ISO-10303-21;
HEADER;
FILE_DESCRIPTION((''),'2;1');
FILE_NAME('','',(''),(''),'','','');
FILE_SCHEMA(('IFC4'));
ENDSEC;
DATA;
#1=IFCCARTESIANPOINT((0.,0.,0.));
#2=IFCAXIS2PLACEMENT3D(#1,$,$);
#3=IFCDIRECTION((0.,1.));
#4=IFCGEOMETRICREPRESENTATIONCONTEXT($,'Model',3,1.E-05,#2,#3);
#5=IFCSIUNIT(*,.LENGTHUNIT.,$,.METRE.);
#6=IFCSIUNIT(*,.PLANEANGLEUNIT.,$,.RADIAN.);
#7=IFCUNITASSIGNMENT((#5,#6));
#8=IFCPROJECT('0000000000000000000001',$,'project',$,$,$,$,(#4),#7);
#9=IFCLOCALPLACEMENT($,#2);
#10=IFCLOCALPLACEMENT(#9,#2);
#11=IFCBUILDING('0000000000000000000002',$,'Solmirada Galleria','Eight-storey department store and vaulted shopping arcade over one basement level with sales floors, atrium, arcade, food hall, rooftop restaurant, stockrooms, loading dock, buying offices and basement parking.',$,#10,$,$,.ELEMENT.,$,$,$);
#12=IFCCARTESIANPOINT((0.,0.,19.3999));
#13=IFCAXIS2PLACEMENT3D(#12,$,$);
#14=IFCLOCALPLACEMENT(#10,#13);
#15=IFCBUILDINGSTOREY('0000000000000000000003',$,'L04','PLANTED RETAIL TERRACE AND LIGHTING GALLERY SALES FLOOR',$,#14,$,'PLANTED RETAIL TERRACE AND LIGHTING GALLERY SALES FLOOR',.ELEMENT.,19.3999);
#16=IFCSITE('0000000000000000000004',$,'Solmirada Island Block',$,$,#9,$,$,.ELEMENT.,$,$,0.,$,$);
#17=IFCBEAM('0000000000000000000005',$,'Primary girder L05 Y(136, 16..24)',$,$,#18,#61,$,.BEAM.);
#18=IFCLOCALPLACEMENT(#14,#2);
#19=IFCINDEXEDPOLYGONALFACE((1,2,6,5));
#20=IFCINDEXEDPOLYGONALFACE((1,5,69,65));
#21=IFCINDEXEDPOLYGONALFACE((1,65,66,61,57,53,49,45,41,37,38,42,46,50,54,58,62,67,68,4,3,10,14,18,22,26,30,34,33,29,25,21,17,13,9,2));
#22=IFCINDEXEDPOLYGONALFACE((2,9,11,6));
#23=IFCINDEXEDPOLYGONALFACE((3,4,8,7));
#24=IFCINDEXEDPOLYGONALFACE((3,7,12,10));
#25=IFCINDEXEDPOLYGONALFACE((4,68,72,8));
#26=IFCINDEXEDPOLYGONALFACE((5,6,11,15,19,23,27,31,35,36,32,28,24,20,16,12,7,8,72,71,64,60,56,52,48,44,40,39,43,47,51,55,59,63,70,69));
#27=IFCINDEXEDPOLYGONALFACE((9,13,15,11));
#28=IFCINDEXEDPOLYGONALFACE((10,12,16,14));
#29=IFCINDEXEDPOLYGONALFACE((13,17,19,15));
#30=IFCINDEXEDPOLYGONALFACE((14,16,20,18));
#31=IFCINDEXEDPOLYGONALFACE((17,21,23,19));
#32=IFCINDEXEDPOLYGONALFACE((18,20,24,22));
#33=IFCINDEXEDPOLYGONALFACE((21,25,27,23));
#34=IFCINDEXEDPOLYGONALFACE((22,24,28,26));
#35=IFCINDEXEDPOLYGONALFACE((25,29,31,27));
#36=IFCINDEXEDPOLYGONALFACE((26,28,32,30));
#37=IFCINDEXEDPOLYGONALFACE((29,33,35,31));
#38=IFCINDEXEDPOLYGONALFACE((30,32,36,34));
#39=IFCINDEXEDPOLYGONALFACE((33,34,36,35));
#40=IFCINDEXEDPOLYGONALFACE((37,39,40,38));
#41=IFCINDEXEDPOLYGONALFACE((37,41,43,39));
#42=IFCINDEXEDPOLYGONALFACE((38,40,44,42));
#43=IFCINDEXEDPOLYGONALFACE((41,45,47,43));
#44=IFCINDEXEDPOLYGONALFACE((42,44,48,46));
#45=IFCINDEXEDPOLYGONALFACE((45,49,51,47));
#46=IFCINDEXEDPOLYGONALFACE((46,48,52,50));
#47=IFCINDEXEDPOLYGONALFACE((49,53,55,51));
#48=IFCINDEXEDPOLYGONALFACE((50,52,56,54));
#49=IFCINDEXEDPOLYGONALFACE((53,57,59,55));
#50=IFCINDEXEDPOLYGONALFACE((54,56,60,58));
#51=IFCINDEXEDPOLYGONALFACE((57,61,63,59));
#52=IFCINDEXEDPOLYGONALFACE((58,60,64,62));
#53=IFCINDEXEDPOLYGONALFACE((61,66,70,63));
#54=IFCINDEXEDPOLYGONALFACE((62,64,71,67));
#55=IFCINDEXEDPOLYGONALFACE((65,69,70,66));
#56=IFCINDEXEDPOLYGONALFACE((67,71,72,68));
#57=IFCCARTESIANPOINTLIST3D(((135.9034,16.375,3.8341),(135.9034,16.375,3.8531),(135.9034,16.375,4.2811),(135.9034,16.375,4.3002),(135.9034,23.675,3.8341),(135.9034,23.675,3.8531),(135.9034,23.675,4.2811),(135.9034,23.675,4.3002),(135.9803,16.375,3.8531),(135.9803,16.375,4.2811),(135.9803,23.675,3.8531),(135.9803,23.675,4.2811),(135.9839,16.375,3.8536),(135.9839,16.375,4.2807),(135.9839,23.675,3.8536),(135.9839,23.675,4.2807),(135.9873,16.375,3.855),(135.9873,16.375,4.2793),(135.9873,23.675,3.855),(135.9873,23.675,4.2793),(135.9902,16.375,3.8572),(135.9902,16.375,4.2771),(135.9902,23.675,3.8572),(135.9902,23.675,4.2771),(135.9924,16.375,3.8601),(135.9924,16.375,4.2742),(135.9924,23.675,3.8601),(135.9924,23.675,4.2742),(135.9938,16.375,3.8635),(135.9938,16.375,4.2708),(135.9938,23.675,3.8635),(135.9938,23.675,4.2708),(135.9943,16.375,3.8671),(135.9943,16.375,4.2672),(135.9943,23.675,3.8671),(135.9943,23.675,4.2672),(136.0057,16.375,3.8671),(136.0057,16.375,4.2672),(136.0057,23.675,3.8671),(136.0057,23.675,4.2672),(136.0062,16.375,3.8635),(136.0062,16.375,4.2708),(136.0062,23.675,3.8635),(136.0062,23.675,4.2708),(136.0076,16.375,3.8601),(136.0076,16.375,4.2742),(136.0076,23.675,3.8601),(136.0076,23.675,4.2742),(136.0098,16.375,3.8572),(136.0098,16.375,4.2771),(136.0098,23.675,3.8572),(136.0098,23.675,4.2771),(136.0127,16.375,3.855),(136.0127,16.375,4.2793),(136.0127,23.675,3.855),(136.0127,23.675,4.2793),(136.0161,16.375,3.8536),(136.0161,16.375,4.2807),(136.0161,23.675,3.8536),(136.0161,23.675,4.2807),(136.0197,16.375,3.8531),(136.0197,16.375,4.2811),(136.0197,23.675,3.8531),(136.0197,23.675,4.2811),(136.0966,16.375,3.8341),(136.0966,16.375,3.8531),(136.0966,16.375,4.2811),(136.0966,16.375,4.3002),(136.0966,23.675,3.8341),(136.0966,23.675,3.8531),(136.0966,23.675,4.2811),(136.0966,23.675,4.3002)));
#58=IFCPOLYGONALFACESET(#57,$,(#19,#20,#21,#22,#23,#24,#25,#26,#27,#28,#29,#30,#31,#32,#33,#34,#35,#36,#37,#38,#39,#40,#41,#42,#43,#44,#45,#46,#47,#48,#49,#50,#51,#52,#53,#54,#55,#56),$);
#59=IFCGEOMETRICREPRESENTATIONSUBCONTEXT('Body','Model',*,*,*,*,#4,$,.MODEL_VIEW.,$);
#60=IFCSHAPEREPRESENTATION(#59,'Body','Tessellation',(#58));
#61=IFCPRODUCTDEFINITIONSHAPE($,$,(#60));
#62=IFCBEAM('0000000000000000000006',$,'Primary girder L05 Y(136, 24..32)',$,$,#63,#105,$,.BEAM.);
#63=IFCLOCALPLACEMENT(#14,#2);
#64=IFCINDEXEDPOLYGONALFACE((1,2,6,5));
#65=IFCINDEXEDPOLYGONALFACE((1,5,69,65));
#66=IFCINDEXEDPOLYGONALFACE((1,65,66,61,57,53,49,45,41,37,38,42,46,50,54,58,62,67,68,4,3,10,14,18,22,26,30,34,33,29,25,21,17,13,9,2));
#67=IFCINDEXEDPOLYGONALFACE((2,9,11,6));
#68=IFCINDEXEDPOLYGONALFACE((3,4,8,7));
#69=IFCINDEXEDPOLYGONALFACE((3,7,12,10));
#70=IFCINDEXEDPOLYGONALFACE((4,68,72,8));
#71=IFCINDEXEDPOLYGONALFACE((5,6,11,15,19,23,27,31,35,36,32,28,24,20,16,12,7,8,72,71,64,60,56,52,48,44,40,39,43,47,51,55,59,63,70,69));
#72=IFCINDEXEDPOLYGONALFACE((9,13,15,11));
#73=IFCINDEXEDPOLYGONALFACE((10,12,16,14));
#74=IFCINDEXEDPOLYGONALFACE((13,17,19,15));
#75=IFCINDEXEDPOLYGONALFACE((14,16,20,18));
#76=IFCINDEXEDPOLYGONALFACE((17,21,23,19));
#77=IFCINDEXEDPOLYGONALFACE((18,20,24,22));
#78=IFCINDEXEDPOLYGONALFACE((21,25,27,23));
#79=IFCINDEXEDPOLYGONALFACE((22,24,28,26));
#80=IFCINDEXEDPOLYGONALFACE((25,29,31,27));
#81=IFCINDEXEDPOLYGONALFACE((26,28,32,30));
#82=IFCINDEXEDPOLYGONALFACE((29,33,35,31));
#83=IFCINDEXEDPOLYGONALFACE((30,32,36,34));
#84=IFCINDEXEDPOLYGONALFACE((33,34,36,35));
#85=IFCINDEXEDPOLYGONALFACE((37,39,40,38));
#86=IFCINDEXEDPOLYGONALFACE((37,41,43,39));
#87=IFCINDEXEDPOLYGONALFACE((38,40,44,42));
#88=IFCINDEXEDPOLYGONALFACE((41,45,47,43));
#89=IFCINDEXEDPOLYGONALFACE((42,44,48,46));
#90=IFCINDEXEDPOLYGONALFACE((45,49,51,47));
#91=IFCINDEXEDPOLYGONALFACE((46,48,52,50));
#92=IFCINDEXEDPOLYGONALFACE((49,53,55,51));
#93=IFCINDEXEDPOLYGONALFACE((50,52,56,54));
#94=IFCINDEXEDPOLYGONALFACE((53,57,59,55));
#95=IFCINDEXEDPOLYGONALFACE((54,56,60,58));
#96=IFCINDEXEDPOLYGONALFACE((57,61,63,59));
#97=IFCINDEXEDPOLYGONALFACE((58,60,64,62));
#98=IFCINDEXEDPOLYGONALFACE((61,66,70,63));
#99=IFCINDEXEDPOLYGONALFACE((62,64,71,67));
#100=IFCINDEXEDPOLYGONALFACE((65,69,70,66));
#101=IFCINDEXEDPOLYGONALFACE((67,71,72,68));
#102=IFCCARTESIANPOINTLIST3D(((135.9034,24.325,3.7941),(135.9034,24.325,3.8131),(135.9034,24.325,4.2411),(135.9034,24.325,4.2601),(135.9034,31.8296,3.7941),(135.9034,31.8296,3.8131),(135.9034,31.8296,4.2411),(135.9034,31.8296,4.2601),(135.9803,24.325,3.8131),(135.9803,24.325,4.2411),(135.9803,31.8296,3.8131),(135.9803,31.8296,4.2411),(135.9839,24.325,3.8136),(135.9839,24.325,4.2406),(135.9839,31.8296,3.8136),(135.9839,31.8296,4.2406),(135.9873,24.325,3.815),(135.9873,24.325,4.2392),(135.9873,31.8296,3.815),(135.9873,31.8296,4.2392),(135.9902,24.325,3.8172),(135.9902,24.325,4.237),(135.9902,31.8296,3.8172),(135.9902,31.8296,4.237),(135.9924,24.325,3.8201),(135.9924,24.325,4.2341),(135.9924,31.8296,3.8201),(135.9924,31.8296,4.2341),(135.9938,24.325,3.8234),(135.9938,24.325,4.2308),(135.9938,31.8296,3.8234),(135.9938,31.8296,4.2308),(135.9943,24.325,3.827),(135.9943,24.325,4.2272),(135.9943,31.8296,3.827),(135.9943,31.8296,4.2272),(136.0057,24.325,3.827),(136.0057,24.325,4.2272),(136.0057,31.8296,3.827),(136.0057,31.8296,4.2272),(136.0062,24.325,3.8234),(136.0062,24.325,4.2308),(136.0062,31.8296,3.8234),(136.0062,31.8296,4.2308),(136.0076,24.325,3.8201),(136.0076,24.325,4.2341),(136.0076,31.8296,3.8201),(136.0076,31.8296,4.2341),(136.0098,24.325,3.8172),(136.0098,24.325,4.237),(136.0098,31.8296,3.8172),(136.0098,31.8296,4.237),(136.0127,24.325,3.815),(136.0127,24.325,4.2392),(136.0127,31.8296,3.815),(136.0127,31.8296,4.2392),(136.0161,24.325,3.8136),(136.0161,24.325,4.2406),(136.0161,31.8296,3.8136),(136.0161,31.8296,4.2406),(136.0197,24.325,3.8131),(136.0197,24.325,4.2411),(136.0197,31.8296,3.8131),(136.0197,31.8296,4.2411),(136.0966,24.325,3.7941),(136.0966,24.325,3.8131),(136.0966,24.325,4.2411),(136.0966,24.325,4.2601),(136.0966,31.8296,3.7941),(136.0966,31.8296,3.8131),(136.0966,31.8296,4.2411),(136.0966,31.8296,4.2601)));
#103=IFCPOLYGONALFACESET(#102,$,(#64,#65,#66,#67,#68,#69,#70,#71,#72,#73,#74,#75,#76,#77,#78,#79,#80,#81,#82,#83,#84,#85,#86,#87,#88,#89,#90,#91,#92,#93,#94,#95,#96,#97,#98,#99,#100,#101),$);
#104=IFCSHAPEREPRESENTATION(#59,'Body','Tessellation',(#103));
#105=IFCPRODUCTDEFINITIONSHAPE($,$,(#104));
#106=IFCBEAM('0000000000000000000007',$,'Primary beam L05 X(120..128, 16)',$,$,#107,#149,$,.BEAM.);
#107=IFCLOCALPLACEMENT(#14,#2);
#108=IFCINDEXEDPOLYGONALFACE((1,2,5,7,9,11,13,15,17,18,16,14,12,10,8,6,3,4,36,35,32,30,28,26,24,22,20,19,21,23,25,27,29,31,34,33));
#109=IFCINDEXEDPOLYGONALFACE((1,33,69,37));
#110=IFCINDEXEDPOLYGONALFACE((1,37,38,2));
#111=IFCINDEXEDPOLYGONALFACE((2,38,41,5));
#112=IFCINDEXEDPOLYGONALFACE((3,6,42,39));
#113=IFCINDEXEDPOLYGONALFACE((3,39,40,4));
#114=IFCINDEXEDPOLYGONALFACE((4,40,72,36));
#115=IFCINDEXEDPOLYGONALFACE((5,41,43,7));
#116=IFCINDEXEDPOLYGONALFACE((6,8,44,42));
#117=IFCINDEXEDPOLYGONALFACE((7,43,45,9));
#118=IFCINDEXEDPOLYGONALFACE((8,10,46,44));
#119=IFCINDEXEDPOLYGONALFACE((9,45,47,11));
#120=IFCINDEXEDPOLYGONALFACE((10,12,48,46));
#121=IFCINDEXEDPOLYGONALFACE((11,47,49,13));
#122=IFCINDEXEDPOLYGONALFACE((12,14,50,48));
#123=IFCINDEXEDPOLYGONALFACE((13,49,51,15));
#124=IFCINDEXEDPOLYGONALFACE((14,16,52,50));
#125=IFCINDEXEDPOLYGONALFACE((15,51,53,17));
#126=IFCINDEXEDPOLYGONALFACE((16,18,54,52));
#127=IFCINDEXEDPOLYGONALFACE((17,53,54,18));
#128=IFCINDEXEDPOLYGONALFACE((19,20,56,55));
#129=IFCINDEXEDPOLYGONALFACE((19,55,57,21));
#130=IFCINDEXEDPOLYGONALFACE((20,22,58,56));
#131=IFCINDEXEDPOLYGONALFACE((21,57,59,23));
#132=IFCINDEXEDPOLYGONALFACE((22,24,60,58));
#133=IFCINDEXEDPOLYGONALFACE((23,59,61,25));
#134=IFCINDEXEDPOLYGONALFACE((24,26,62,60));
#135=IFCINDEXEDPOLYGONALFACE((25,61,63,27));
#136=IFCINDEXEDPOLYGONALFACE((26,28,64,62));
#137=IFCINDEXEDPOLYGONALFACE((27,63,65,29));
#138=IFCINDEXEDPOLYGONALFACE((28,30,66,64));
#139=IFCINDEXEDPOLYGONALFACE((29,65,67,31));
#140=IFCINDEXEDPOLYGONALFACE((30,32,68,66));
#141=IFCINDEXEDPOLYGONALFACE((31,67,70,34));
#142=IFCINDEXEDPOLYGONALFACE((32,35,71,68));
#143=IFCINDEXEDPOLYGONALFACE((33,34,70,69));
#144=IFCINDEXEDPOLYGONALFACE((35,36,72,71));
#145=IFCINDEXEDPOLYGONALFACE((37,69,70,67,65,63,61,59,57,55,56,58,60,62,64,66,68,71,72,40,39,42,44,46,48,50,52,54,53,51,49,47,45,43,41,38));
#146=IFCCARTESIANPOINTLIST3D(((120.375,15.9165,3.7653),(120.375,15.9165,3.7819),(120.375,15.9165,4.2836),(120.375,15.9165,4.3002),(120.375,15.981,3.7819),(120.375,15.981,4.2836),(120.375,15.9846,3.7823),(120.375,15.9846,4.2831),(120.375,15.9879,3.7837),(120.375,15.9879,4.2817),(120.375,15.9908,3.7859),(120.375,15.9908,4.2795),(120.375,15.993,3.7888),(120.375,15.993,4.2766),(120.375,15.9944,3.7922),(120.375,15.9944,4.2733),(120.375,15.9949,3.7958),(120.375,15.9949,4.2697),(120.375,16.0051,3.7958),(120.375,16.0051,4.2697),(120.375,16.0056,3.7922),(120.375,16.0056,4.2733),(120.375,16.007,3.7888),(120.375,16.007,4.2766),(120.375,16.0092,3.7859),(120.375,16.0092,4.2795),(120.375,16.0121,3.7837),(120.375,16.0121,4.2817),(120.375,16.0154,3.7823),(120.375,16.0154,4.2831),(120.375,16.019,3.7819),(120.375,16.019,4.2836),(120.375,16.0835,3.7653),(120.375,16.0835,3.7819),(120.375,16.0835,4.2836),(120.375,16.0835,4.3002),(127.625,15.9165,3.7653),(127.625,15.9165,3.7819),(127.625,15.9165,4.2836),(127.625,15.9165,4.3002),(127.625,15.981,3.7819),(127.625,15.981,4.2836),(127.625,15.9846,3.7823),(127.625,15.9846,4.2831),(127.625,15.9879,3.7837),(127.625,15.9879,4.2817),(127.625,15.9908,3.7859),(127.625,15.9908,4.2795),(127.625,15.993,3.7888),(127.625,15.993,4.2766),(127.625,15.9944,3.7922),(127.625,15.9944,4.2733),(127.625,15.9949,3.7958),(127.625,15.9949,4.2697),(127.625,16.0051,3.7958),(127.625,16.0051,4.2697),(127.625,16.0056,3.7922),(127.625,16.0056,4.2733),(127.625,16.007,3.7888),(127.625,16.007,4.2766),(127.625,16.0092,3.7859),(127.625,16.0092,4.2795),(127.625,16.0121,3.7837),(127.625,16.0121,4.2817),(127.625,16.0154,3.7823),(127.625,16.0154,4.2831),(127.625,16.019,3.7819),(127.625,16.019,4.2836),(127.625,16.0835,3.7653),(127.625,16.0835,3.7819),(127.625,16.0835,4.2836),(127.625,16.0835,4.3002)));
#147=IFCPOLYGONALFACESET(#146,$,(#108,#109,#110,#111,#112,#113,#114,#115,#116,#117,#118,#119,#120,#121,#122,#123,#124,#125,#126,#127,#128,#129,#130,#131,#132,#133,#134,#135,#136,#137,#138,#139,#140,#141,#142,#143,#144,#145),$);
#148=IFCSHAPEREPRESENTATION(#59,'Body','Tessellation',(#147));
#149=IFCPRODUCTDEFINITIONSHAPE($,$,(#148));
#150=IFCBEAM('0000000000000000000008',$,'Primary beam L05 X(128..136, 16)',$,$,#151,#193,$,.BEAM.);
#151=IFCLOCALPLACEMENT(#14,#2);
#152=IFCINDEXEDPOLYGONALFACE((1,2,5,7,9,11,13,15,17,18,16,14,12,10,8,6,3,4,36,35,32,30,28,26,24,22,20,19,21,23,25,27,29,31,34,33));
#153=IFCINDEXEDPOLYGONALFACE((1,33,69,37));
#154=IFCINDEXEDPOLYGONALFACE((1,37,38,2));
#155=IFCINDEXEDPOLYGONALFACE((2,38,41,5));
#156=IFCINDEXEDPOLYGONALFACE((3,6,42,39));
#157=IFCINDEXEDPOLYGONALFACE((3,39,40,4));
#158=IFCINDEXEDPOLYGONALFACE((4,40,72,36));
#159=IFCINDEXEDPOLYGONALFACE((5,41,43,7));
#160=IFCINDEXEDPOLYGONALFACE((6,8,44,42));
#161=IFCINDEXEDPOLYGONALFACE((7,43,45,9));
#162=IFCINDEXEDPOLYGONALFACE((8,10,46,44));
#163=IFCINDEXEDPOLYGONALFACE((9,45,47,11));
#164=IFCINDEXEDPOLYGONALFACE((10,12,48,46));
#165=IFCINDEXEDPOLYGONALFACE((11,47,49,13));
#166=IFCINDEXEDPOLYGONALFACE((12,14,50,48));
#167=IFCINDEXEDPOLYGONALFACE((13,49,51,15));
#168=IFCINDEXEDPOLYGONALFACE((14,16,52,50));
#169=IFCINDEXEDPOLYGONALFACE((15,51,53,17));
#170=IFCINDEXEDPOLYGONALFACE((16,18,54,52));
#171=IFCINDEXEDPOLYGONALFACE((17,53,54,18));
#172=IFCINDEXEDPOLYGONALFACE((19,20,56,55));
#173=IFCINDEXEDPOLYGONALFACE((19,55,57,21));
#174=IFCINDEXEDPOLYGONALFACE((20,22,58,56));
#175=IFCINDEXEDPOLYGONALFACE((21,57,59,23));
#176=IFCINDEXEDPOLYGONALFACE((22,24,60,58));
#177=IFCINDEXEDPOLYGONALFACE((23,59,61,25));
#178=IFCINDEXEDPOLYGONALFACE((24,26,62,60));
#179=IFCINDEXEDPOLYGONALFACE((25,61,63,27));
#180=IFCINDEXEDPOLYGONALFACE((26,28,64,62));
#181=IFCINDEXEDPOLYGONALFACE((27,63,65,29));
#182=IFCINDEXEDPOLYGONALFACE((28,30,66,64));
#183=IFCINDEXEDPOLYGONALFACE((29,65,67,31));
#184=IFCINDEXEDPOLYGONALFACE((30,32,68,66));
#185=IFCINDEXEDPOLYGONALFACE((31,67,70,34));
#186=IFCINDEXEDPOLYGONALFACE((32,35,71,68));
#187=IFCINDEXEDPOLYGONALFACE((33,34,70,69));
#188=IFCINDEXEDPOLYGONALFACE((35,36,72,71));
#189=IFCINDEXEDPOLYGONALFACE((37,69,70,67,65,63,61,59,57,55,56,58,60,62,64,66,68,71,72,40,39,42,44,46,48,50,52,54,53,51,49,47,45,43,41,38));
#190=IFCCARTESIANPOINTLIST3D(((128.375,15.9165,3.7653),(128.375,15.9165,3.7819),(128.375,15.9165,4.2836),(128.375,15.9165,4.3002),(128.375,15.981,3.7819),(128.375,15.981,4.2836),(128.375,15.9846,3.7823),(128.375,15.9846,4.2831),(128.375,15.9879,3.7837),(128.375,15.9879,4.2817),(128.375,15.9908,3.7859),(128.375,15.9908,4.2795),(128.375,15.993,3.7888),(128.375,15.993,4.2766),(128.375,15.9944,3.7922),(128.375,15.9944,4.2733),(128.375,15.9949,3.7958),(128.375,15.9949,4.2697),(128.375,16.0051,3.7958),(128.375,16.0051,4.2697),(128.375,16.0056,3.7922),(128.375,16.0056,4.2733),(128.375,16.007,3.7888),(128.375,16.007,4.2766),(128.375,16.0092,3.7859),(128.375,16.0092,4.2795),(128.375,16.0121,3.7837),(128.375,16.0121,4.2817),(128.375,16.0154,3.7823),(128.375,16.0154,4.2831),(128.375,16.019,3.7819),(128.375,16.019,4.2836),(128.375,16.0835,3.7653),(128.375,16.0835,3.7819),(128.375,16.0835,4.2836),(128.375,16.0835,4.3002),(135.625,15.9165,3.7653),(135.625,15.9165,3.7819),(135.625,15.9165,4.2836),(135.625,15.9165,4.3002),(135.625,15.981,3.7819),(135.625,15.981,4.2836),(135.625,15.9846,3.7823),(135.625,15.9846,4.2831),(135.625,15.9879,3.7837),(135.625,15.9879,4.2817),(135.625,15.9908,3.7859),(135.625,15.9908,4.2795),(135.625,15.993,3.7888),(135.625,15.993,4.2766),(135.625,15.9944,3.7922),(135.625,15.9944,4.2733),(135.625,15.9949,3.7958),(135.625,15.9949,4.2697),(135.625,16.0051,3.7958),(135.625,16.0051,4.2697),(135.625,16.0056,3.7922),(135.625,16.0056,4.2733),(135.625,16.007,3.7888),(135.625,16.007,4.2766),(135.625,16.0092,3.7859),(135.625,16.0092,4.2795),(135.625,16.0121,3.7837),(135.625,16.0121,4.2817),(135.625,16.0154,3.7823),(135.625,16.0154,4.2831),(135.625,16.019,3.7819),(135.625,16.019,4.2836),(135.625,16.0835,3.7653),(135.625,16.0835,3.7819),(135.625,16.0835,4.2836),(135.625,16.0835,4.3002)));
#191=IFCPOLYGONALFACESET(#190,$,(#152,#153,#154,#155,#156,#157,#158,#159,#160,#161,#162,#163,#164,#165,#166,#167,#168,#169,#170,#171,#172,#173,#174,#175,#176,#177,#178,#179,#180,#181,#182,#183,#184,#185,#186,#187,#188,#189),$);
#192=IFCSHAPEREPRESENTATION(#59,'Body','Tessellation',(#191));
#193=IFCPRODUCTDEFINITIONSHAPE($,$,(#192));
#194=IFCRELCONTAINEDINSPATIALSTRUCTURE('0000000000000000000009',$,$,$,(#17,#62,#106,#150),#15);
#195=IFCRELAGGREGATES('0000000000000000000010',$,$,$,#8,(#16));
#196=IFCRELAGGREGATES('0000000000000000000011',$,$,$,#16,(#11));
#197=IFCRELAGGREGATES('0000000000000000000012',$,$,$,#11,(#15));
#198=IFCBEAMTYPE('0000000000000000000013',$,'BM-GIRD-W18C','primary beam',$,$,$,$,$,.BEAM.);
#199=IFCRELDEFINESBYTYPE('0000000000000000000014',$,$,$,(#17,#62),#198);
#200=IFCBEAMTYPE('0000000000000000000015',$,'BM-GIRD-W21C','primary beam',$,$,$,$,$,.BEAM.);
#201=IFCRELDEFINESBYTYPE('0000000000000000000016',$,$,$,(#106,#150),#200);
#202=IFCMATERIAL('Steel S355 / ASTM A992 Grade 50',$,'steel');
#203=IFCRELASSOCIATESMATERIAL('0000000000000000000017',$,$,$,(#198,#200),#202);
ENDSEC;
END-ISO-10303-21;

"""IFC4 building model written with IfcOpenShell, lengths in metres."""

from ifc_helpers import new_model, si_unit, direction, frame, origin, origin_2d, place, context, subcontext, project, spatial, i_section, extrude, material, material_profile, profile_set, type_object, element, save


model = new_model("IFC4")

# Units and contexts
model_context = context("Model", 3, precision=1e-05, world=origin(), true_north=direction((0.0, 1.0)))
body_context = subcontext(model_context, "Body", "Model", "MODEL_VIEW")
ifc_project = project(units=[si_unit("LENGTHUNIT", "METRE"), si_unit("PLANEANGLEUNIT", "RADIAN")], contexts=[model_context])

# Site, building, storey
site_placement = place(None, origin())
site = spatial("IfcSite", under=ifc_project, at=site_placement, Name="Solmirada Island Block", CompositionType="ELEMENT", RefElevation=0.0)
building_placement = place(site_placement, origin())
building = spatial("IfcBuilding", under=site, at=building_placement, Name="Solmirada Galleria", Description="Eight-storey department store and vaulted shopping arcade over one basement level with sales floors, atrium, arcade, food hall, rooftop restaurant, stockrooms, loading dock, buying offices and basement parking.", CompositionType="ELEMENT")
storey_placement = place(building_placement, frame((0.0, 0.0, 19.3999)))
storey = spatial("IfcBuildingStorey", under=building, at=storey_placement, Name="L04", Description="PLANTED RETAIL TERRACE AND LIGHTING GALLERY SALES FLOOR", LongName="PLANTED RETAIL TERRACE AND LIGHTING GALLERY SALES FLOOR", CompositionType="ELEMENT", Elevation=19.3999)

# Beams
ifc_material_1 = material(Name="Steel S355 / ASTM A992 Grade 50", Category="steel")
ifc_material_profile_1 = material_profile(ifc_material_1, i_section(OverallWidth=0.1931, OverallDepth=0.4661, WebThickness=0.0115, FlangeThickness=0.019, FilletRadius=0.0139, at=origin_2d()), Name="W18X65")
ifc_profile_set_1 = profile_set([ifc_material_profile_1], Name="Steel S355 / ASTM A992 Grade 50")
beam_type_1 = type_object("IfcBeamType", Name="BM-GIRD-W18C", Description="primary beam", PredefinedType="BEAM", material=ifc_profile_set_1)
beam_1_placement = place(storey_placement, frame((136.0, 16.375, 4.0671), z_axis=(0.0, 1.0, 0.0), x_axis=(-1.0, 0.0, 0.0)))
element("IfcBeam", 1, at=beam_1_placement, inside=storey, type_object=beam_type_1, Name="Primary girder L05 Y(136, 16..24)", PredefinedType="BEAM", context=body_context, shape_type="SweptSolid", body=[
    extrude(i_section(OverallWidth=0.1931, OverallDepth=0.4661, WebThickness=0.0115, FlangeThickness=0.019, FilletRadius=0.0139, at=origin_2d()), origin(), (0.0, 0.0, 1.0), 7.3),
])
beam_2_placement = place(storey_placement, frame((136.0, 24.325, 4.0271), z_axis=(0.0, 1.0, 0.0), x_axis=(-1.0, 0.0, 0.0)))
element("IfcBeam", 2, at=beam_2_placement, inside=storey, type_object=beam_type_1, Name="Primary girder L05 Y(136, 24..32)", PredefinedType="BEAM", context=body_context, shape_type="SweptSolid", body=[
    extrude(i_section(OverallWidth=0.1931, OverallDepth=0.4661, WebThickness=0.0115, FlangeThickness=0.019, FilletRadius=0.0139, at=origin_2d()), origin(), (0.0, 0.0, 1.0), 7.5046),
])
ifc_material_profile_2 = material_profile(ifc_material_1, i_section(OverallWidth=0.167, OverallDepth=0.5349, WebThickness=0.0103, FlangeThickness=0.0166, FilletRadius=0.0139, at=origin_2d()), Name="W21X57")
ifc_profile_set_2 = profile_set([ifc_material_profile_2], Name="Steel S355 / ASTM A992 Grade 50")
beam_type_2 = type_object("IfcBeamType", Name="BM-GIRD-W21C", Description="primary beam", PredefinedType="BEAM", material=ifc_profile_set_2)
for number, where, z_axis, x_axis, name in (
    (3, (120.375, 16.0, 4.0327), (1.0, 0.0, 0.0), (0.0, 1.0, 0.0), "Primary beam L05 X(120..128, 16)"),
    (4, (128.375, 16.0, 4.0327), (1.0, 0.0, 0.0), (0.0, 1.0, 0.0), "Primary beam L05 X(128..136, 16)"),
):
    element("IfcBeam", number, at=place(storey_placement, frame(where, z_axis=z_axis, x_axis=x_axis)), inside=storey, type_object=beam_type_2, Name=name, PredefinedType="BEAM", context=body_context, shape_type="SweptSolid", body=[
        extrude(i_section(OverallWidth=0.167, OverallDepth=0.5349, WebThickness=0.0103, FlangeThickness=0.0166, FilletRadius=0.0139, at=origin_2d()), origin(), (0.0, 0.0, 1.0), 7.25),
    ])

save(model, "model.ifc")
